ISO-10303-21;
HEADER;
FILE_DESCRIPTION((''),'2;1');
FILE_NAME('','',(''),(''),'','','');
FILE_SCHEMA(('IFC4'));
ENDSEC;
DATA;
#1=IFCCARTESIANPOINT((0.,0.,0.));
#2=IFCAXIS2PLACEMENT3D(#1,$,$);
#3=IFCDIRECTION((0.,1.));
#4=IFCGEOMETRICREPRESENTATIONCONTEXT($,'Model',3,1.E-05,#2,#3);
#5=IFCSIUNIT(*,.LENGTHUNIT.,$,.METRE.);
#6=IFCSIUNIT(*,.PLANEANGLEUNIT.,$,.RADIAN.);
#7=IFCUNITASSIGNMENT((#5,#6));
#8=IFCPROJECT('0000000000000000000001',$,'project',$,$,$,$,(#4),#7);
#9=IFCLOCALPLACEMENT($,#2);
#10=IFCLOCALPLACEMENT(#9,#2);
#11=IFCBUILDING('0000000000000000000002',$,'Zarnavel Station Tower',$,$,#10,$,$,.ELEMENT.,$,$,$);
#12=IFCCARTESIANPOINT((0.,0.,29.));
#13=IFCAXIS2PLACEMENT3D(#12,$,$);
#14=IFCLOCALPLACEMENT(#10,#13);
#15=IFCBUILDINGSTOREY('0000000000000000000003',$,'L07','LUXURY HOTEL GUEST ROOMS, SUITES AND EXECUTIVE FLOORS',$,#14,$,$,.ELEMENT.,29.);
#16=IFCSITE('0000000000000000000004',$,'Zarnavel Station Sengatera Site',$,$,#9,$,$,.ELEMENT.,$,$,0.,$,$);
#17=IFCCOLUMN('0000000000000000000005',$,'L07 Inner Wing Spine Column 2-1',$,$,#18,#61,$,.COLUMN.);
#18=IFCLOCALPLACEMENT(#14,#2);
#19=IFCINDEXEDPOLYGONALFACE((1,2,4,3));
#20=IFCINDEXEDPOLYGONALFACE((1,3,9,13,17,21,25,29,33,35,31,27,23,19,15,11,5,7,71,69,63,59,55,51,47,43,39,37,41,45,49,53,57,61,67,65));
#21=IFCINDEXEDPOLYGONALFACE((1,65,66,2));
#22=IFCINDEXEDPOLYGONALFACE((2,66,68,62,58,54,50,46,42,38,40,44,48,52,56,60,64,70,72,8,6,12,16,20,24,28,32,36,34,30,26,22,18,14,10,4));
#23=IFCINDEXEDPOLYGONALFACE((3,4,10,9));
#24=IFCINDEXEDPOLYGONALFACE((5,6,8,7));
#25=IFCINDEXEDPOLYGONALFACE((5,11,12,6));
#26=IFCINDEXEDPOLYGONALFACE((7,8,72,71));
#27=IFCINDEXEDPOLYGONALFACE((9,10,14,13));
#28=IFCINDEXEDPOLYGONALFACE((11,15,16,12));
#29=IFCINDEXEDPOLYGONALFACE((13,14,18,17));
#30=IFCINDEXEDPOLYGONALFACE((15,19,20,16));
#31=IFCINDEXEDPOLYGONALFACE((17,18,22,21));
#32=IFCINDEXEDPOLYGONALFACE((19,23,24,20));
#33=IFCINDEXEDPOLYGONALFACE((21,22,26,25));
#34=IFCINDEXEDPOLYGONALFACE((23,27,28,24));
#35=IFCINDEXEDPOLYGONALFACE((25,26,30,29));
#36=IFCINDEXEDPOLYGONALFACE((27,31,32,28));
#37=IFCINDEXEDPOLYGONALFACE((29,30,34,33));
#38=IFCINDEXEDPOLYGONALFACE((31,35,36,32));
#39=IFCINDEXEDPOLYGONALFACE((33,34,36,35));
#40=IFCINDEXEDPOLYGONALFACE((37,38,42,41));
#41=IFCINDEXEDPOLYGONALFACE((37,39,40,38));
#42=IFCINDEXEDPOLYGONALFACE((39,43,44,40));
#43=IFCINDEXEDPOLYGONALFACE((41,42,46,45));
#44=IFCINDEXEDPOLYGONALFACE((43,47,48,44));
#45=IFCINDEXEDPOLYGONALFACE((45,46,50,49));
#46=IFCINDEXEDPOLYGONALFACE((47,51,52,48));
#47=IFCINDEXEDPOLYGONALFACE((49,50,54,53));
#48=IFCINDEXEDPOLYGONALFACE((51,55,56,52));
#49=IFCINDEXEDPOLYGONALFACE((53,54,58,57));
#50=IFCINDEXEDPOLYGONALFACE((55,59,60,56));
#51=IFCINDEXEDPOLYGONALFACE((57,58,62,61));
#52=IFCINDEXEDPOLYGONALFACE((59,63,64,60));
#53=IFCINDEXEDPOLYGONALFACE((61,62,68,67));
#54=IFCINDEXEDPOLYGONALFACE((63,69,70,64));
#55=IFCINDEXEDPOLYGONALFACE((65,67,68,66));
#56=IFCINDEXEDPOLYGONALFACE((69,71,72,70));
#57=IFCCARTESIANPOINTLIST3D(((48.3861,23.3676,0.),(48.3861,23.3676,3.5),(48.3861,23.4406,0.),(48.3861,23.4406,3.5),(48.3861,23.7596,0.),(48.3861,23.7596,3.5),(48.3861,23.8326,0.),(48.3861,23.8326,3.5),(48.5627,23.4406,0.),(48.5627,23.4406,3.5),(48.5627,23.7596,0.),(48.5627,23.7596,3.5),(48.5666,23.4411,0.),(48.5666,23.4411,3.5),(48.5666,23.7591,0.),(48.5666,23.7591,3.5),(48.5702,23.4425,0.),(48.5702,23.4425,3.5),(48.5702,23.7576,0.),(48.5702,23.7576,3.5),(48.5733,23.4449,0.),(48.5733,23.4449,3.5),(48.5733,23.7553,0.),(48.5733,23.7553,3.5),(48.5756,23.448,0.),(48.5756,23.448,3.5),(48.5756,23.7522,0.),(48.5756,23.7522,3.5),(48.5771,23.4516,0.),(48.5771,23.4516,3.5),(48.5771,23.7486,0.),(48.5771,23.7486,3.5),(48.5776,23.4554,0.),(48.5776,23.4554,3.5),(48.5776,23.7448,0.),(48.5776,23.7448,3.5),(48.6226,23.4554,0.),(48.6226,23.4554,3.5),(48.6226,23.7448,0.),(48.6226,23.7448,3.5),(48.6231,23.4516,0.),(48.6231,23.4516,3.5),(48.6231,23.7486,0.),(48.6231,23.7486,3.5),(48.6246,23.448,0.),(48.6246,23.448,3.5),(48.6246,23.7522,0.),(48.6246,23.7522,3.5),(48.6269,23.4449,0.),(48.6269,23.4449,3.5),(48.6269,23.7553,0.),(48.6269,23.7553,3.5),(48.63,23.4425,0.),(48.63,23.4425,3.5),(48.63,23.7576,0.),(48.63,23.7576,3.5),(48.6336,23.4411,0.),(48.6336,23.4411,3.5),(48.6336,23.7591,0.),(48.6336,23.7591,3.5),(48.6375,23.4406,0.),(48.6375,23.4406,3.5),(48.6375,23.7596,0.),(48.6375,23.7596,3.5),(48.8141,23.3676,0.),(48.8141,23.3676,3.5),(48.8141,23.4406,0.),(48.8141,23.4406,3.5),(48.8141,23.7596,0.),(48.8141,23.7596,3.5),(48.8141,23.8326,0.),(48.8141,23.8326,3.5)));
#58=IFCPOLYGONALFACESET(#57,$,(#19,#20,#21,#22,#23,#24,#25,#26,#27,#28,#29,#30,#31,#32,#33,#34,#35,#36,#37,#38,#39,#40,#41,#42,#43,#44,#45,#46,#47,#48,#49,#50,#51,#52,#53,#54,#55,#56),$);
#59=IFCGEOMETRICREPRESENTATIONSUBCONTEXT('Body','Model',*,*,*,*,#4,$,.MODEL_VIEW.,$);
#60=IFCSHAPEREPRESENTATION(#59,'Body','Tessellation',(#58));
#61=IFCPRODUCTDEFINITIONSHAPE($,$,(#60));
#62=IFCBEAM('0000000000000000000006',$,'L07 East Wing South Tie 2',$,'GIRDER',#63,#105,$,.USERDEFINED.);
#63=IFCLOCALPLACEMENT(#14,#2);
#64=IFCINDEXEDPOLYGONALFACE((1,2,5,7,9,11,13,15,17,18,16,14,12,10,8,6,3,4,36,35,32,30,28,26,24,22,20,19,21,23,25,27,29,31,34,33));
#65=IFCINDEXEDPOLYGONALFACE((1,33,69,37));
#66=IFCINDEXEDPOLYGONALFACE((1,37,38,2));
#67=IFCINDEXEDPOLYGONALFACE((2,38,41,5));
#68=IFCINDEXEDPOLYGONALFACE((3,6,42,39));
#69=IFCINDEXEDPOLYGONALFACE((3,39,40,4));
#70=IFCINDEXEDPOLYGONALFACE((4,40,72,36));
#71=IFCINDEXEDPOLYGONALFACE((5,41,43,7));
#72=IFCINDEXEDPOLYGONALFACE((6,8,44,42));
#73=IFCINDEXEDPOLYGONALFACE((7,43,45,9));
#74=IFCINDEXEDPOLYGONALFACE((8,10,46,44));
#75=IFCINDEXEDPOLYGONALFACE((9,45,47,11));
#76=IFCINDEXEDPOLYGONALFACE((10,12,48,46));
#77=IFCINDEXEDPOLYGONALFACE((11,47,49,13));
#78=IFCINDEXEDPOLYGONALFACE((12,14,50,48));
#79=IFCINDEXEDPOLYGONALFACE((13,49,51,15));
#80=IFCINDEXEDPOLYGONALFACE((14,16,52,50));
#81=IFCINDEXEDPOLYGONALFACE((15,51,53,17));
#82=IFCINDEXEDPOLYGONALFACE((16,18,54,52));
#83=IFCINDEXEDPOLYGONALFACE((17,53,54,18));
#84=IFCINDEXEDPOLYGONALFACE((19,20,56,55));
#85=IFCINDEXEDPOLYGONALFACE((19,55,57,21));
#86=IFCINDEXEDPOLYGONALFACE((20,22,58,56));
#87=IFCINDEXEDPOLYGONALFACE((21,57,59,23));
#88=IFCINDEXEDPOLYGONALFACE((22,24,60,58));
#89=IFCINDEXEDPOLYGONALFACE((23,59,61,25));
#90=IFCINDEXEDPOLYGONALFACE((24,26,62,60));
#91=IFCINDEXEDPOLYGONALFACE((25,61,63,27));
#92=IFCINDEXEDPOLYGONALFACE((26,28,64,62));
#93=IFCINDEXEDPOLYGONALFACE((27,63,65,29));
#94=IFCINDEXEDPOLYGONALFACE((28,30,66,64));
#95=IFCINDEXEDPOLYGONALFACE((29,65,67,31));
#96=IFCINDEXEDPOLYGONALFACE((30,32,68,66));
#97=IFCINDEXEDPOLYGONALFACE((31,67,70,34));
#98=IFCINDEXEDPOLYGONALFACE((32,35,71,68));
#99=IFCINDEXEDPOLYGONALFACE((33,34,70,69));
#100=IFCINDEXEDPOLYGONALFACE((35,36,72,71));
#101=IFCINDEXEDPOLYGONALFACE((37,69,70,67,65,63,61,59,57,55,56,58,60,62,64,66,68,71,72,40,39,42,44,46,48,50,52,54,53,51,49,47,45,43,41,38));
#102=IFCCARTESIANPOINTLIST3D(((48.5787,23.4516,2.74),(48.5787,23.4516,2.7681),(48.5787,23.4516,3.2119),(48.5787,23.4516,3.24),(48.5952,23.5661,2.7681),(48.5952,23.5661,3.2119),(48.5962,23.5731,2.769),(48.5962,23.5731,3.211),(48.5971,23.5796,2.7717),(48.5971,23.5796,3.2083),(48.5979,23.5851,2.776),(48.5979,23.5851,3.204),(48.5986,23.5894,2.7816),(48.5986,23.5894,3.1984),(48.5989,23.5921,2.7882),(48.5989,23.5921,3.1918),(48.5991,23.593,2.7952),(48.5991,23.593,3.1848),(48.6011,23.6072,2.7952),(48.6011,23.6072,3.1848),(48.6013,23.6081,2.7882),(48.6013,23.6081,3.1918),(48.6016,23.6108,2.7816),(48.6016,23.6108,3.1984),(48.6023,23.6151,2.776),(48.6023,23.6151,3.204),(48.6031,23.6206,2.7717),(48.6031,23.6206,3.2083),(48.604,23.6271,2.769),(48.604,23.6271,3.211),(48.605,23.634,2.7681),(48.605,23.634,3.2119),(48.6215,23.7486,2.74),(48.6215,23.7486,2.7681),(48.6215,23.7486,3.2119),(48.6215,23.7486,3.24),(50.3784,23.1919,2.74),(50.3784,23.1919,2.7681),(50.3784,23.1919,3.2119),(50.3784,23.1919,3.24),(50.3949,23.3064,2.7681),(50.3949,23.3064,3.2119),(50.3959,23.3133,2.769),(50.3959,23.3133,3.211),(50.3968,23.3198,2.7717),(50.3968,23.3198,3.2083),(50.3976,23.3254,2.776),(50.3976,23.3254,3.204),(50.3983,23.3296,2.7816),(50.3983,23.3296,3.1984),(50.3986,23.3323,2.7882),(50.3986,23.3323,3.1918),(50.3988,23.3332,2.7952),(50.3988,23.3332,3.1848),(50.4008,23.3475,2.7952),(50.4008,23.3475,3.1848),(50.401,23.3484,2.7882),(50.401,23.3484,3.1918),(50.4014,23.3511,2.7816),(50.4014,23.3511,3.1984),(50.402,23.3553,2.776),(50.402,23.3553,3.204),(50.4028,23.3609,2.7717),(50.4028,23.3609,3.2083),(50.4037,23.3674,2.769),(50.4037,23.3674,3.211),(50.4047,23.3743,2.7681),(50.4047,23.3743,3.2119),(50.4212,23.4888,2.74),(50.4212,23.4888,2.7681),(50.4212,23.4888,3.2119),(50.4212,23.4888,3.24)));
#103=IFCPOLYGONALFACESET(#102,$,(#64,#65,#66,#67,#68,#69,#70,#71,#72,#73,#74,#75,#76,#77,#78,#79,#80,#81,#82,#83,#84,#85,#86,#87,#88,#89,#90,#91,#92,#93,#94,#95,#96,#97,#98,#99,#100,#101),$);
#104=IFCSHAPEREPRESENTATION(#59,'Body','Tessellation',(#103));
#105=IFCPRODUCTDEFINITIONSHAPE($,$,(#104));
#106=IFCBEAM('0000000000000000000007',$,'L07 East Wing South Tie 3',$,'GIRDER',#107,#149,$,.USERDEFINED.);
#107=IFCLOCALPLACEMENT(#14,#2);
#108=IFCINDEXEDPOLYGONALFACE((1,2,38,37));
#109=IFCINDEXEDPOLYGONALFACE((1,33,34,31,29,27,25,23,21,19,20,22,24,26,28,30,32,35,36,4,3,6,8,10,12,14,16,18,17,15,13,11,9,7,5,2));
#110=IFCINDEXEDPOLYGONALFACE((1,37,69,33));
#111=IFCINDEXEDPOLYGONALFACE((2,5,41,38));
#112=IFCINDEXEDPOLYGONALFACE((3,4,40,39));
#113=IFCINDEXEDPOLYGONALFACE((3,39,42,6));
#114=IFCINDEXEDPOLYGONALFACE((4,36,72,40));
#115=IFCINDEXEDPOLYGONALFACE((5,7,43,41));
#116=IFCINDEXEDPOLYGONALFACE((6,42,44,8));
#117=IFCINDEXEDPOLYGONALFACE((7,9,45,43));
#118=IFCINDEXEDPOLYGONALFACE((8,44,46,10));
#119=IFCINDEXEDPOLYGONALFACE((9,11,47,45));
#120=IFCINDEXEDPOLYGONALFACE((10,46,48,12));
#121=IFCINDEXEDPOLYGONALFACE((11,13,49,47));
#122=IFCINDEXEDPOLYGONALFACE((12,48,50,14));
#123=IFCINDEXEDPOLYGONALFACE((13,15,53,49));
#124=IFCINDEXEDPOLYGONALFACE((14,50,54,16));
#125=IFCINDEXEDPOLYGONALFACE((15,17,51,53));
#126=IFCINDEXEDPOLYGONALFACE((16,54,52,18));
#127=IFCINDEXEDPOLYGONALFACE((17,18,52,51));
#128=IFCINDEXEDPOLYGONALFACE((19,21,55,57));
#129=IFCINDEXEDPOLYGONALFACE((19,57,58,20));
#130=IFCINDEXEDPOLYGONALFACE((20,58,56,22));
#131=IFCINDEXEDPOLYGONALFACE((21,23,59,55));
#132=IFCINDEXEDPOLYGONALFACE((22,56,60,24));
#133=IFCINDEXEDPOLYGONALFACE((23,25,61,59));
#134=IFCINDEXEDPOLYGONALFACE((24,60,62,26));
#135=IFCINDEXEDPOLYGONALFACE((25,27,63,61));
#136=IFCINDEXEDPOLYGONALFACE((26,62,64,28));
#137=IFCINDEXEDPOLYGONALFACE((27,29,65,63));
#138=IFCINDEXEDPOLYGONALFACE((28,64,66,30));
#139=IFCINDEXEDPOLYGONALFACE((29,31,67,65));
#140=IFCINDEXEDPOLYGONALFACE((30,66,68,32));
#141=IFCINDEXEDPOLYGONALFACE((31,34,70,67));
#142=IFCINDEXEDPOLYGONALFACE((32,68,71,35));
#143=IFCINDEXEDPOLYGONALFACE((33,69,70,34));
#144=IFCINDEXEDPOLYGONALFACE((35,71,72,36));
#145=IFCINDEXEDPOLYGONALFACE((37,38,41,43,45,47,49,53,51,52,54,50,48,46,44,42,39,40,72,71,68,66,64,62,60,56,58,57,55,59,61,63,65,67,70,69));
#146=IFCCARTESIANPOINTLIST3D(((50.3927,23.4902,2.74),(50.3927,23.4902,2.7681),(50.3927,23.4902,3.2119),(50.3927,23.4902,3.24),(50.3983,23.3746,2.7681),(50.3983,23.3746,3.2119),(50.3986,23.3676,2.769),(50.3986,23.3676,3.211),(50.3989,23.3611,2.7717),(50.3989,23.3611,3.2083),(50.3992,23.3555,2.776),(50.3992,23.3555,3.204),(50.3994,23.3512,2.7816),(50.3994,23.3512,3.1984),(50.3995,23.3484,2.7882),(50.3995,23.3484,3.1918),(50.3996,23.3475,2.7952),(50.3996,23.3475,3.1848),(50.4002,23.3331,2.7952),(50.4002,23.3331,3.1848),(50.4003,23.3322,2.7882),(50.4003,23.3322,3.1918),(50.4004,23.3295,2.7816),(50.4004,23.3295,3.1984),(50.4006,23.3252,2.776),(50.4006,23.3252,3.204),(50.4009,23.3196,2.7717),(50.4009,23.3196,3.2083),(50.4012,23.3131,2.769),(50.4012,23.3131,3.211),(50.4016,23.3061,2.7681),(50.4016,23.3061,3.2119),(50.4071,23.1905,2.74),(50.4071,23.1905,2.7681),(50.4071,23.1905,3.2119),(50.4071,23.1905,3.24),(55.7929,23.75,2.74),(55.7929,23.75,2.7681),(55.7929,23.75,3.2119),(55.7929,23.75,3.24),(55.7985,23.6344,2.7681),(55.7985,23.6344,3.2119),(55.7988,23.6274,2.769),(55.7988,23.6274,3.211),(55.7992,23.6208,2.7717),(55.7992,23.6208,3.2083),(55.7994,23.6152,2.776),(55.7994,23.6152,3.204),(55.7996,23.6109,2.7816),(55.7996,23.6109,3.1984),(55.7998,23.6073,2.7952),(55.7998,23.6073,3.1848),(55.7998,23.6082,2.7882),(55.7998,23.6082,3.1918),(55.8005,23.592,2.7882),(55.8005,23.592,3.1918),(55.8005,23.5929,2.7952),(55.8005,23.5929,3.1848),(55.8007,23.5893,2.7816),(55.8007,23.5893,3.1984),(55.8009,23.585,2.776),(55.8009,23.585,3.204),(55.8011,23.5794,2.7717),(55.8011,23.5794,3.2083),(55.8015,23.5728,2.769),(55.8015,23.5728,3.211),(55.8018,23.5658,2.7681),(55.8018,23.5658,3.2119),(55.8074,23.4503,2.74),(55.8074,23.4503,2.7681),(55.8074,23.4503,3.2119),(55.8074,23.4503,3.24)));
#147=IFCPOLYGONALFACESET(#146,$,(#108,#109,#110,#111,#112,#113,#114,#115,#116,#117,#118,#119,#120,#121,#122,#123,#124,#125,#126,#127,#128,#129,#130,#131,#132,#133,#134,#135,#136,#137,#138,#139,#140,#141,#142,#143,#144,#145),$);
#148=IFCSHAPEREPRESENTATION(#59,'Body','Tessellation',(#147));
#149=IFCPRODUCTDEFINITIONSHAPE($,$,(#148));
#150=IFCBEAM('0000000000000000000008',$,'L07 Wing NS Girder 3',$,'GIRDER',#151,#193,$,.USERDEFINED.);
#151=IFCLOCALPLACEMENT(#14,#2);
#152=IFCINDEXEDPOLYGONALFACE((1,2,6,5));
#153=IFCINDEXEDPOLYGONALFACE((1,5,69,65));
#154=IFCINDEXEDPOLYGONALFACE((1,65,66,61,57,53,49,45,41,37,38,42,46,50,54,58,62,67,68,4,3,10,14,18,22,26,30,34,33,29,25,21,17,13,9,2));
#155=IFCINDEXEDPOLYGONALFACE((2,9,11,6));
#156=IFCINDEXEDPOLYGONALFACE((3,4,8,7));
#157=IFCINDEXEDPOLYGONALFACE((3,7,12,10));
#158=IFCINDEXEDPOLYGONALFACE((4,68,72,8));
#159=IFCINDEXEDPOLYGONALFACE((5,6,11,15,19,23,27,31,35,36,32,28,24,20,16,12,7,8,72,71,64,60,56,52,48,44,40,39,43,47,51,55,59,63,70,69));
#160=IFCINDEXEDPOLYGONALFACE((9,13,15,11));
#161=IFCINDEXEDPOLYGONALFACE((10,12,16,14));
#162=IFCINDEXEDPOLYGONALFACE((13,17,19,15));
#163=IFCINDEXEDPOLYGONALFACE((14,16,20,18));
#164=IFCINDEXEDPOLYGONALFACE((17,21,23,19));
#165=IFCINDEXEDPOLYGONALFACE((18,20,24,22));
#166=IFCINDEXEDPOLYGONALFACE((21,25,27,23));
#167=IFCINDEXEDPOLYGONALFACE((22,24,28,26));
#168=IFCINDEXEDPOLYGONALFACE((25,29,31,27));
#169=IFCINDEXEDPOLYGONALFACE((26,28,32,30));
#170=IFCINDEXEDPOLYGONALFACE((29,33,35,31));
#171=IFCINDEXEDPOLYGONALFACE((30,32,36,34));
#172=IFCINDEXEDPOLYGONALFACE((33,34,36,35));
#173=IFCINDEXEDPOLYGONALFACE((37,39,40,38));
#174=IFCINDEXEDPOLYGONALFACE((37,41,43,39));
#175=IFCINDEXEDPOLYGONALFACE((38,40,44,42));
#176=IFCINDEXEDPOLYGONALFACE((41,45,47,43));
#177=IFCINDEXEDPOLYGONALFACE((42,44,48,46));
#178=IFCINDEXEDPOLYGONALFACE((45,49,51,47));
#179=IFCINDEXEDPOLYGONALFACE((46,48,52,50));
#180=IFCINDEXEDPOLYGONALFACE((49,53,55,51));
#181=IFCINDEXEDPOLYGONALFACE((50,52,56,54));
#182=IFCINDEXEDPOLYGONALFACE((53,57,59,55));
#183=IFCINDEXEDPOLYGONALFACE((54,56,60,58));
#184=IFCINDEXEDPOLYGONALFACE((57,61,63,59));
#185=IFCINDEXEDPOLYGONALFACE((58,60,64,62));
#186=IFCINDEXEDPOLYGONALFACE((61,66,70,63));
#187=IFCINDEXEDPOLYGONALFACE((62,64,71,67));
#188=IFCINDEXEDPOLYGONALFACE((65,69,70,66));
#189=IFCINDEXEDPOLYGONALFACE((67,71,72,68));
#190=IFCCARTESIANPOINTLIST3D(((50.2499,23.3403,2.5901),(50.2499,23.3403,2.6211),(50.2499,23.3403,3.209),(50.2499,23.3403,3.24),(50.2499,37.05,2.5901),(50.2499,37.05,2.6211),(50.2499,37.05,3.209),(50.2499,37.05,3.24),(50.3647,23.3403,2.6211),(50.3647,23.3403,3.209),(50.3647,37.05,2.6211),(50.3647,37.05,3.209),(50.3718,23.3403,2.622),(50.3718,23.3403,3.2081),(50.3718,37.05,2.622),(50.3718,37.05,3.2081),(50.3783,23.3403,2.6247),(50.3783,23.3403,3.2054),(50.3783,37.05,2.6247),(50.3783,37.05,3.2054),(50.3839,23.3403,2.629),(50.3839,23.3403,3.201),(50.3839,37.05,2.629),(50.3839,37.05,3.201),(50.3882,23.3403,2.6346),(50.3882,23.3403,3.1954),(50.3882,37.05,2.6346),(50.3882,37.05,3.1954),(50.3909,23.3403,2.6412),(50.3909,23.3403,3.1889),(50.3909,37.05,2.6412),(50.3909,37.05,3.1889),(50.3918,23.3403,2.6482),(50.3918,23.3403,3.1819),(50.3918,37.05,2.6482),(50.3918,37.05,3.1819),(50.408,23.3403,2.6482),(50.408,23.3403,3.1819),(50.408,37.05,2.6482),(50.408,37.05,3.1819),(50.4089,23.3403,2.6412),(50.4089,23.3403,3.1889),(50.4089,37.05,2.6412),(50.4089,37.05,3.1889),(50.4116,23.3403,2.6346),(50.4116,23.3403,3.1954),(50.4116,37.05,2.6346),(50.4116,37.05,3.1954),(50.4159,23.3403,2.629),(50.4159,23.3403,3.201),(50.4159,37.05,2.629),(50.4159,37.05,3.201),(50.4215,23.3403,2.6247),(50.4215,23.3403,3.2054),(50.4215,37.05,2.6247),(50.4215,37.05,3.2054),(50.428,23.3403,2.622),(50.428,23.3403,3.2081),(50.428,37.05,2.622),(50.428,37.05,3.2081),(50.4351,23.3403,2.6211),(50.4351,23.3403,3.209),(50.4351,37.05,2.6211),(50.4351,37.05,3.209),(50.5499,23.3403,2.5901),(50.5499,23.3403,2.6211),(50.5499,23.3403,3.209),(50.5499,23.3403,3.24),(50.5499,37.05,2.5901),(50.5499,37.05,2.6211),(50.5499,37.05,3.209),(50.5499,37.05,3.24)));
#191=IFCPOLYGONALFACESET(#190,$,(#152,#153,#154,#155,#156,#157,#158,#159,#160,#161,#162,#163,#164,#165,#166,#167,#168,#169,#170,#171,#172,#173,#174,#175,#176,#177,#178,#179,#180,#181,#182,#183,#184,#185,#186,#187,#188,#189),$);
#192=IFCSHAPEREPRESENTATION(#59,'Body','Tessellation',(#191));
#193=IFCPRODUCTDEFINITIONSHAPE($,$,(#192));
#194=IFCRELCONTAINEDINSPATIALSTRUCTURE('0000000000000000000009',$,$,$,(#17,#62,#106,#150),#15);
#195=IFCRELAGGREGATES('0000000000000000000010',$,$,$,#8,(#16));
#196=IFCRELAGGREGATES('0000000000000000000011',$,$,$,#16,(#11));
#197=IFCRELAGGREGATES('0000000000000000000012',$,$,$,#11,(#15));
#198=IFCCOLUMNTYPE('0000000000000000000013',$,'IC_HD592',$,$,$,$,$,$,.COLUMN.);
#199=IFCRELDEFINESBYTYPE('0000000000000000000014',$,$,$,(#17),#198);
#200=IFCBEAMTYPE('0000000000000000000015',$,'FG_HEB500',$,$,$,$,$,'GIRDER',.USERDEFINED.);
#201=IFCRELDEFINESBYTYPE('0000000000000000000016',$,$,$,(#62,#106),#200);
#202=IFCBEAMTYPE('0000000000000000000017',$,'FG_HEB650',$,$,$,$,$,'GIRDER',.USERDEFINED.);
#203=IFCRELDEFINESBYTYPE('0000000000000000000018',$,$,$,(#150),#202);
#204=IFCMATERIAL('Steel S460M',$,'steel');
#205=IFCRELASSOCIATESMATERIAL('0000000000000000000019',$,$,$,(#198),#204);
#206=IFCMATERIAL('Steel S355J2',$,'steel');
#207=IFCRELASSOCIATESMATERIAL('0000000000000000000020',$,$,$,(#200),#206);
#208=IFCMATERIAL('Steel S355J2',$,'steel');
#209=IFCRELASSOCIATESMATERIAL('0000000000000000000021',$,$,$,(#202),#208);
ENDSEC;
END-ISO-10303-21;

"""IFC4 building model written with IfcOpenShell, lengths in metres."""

from ifc_helpers import new_model, si_unit, direction, frame, origin, origin_2d, place, context, subcontext, project, spatial, i_section, extrude, material, material_profile, profile_set, type_object, element, save


model = new_model("IFC4")

# Units and contexts
model_context = context("Model", 3, precision=1e-05, world=origin(), true_north=direction((0.0, 1.0)))
body_context = subcontext(model_context, "Body", "Model", "MODEL_VIEW")
ifc_project = project(units=[si_unit("LENGTHUNIT", "METRE"), si_unit("PLANEANGLEUNIT", "RADIAN")], contexts=[model_context])

# Site, building, storey
site_placement = place(None, origin())
site = spatial("IfcSite", under=ifc_project, at=site_placement, Name="Zarnavel Station Sengatera Site", CompositionType="ELEMENT", RefElevation=0.0)
building_placement = place(site_placement, origin())
building = spatial("IfcBuilding", under=site, at=building_placement, Name="Zarnavel Station Tower", CompositionType="ELEMENT")
storey_placement = place(building_placement, frame((0.0, 0.0, 29.0)))
storey = spatial("IfcBuildingStorey", under=building, at=storey_placement, Name="L07", Description="LUXURY HOTEL GUEST ROOMS, SUITES AND EXECUTIVE FLOORS", CompositionType="ELEMENT", Elevation=29.0)

# Column
ifc_material_1 = material(Name="Steel S460M", Category="steel")
ifc_material_profile_1 = material_profile(ifc_material_1, i_section(OverallWidth=0.428, OverallDepth=0.4651, WebThickness=0.0449, FlangeThickness=0.073, FilletRadius=0.0149, at=origin_2d()), Name="HD400x592")
ifc_profile_set_1 = profile_set([ifc_material_profile_1], Name="Steel S460M")
column_type = type_object("IfcColumnType", Name="IC_HD592", PredefinedType="COLUMN", material=ifc_profile_set_1)
column_placement = place(storey_placement, frame((48.6001, 23.6001, 0.0), z_axis=(0.0, 0.0, 1.0), x_axis=(1.0, 0.0, 0.0)))
element("IfcColumn", 1, at=column_placement, inside=storey, type_object=column_type, Name="L07 Inner Wing Spine Column 2-1", PredefinedType="COLUMN", context=body_context, shape_type="SweptSolid", body=[
    extrude(i_section(OverallWidth=0.428, OverallDepth=0.4651, WebThickness=0.0449, FlangeThickness=0.073, FilletRadius=0.0149, at=origin_2d()), origin(), (0.0, 0.0, 1.0), 3.5),
])

# Beams
ifc_material_2 = material(Name="Steel S355J2", Category="steel")
ifc_material_profile_2 = material_profile(ifc_material_2, i_section(OverallWidth=0.3, OverallDepth=0.5, WebThickness=0.0144, FlangeThickness=0.0281, FilletRadius=0.0271, at=origin_2d()), Name="HEB500")
ifc_profile_set_2 = profile_set([ifc_material_profile_2], Name="Steel S355J2")
beam_type_1 = type_object("IfcBeamType", Name="FG_HEB500", ElementType="GIRDER", PredefinedType="USERDEFINED", material=ifc_profile_set_2)
beam_1_placement = place(storey_placement, frame((48.6001, 23.6001, 2.99), z_axis=(0.989744, -0.14285, 0.0), x_axis=(0.14285, 0.989744, 0.0)))
element("IfcBeam", 2, at=beam_1_placement, inside=storey, type_object=beam_type_1, Name="L07 East Wing South Tie 2", ObjectType="GIRDER", PredefinedType="USERDEFINED", context=body_context, shape_type="SweptSolid", body=[
    extrude(i_section(OverallWidth=0.3, OverallDepth=0.5, WebThickness=0.0144, FlangeThickness=0.0281, FilletRadius=0.0271, at=origin_2d()), origin(), (0.0, 0.0, 1.0), 1.8184),
])
beam_2_placement = place(storey_placement, frame((50.3999, 23.3403, 2.99), z_axis=(0.998845, 0.048048, 0.0), x_axis=(-0.048048, 0.998845, 0.0)))
element("IfcBeam", 3, at=beam_2_placement, inside=storey, type_object=beam_type_1, Name="L07 East Wing South Tie 3", ObjectType="GIRDER", PredefinedType="USERDEFINED", context=body_context, shape_type="SweptSolid", body=[
    extrude(i_section(OverallWidth=0.3, OverallDepth=0.5, WebThickness=0.0144, FlangeThickness=0.0281, FilletRadius=0.0271, at=origin_2d()), origin(), (0.0, 0.0, 1.0), 5.4065),
])
ifc_material_3 = material(Name="Steel S355J2", Category="steel")
ifc_material_profile_3 = material_profile(ifc_material_3, i_section(OverallWidth=0.3, OverallDepth=0.6499, WebThickness=0.0161, FlangeThickness=0.031, FilletRadius=0.0271, at=origin_2d()), Name="HEB650")
ifc_profile_set_3 = profile_set([ifc_material_profile_3], Name="Steel S355J2")
beam_type_2 = type_object("IfcBeamType", Name="FG_HEB650", ElementType="GIRDER", PredefinedType="USERDEFINED", material=ifc_profile_set_3)
beam_3_placement = place(storey_placement, frame((50.3999, 23.3403, 2.915), z_axis=(0.0, 1.0, 0.0), x_axis=(-1.0, 0.0, 0.0)))
element("IfcBeam", 4, at=beam_3_placement, inside=storey, type_object=beam_type_2, Name="L07 Wing NS Girder 3", ObjectType="GIRDER", PredefinedType="USERDEFINED", context=body_context, shape_type="SweptSolid", body=[
    extrude(i_section(OverallWidth=0.3, OverallDepth=0.6499, WebThickness=0.0161, FlangeThickness=0.031, FilletRadius=0.0271, at=origin_2d()), origin(), (0.0, 0.0, 1.0), 13.7097),
])

save(model, "model.ifc")
